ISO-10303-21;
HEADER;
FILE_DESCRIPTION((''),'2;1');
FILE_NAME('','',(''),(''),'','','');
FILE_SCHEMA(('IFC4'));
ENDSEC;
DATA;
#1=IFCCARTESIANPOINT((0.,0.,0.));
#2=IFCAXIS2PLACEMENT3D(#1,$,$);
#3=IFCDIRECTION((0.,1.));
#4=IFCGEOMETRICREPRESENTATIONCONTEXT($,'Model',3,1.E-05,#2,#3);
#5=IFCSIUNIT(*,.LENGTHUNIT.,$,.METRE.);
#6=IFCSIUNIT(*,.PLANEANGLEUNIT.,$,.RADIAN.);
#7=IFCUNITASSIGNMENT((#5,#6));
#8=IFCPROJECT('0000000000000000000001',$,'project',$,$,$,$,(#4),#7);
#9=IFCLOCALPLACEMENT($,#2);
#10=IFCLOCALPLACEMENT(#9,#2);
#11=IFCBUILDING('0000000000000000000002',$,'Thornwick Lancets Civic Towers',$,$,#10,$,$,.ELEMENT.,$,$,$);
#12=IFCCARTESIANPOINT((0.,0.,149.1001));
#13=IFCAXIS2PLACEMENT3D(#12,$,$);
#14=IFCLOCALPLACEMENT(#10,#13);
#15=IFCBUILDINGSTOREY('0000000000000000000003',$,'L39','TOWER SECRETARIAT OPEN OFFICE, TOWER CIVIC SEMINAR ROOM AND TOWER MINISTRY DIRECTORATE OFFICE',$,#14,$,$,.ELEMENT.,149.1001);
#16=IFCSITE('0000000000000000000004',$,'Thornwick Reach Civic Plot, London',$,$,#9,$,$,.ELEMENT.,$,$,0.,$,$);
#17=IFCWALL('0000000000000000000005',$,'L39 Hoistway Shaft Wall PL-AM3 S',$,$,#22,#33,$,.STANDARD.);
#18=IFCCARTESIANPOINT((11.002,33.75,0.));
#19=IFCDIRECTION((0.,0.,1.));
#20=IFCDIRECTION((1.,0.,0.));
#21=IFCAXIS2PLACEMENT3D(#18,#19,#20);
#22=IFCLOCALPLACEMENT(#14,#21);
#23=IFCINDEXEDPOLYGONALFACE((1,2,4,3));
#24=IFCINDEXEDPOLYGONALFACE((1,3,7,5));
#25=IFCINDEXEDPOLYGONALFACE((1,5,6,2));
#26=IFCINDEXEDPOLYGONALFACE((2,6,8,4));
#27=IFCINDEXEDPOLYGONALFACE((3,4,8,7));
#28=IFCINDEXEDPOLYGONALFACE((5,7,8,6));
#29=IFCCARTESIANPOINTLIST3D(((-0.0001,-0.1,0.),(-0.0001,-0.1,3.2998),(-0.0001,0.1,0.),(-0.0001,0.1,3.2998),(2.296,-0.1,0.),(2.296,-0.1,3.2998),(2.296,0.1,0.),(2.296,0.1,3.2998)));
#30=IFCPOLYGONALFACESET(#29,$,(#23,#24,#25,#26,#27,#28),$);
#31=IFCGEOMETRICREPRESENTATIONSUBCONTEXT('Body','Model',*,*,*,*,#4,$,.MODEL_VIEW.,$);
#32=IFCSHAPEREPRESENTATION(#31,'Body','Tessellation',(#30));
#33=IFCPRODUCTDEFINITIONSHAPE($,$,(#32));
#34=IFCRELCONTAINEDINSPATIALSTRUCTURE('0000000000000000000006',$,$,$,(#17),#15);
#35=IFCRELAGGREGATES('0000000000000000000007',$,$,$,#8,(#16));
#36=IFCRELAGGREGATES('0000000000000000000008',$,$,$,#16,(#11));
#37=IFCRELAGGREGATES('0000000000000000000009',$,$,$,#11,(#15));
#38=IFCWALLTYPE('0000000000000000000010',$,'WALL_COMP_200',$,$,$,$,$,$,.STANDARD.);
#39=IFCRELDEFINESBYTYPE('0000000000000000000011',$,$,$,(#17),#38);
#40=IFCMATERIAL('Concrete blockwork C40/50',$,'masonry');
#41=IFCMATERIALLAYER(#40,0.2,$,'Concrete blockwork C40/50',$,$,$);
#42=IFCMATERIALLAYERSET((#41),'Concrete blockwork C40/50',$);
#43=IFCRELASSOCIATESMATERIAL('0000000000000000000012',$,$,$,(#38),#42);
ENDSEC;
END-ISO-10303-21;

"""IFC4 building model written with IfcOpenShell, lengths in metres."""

from ifc_helpers import new_model, si_unit, direction, frame, frame_2d, origin, place, context, subcontext, project, spatial, rectangle, extrude, material, layer, layer_set, type_object, element, save


model = new_model("IFC4")

# Units and contexts
model_context = context("Model", 3, precision=1e-05, world=origin(), true_north=direction((0.0, 1.0)))
body_context = subcontext(model_context, "Body", "Model", "MODEL_VIEW")
ifc_project = project(units=[si_unit("LENGTHUNIT", "METRE"), si_unit("PLANEANGLEUNIT", "RADIAN")], contexts=[model_context])

# Site, building, storey
site_placement = place(None, origin())
site = spatial("IfcSite", under=ifc_project, at=site_placement, Name="Thornwick Reach Civic Plot, London", CompositionType="ELEMENT", RefElevation=0.0)
building_placement = place(site_placement, origin())
building = spatial("IfcBuilding", under=site, at=building_placement, Name="Thornwick Lancets Civic Towers", CompositionType="ELEMENT")
storey_placement = place(building_placement, frame((0.0, 0.0, 149.1001)))
storey = spatial("IfcBuildingStorey", under=building, at=storey_placement, Name="L39", Description="TOWER SECRETARIAT OPEN OFFICE, TOWER CIVIC SEMINAR ROOM AND TOWER MINISTRY DIRECTORATE OFFICE", CompositionType="ELEMENT", Elevation=149.1001)

# Shared definitions
ifc_material_1 = material(Name="Concrete blockwork C40/50", Category="masonry")
ifc_layer_1 = layer(ifc_material_1, 0.2, Name="Concrete blockwork C40/50")
ifc_layer_set_1 = layer_set([ifc_layer_1], Name="Concrete blockwork C40/50")
wall_type_1 = type_object("IfcWallType", Name="WALL_COMP_200", PredefinedType="STANDARD", material=ifc_layer_set_1)

# Wall
wall_1_placement = place(storey_placement, frame((11.002, 33.75, 0.0), z_axis=(0.0, 0.0, 1.0), x_axis=(1.0, 0.0, 0.0)))
element("IfcWall", 1, at=wall_1_placement, inside=storey, type_object=wall_type_1, Name="L39 Hoistway Shaft Wall PL-AM3 S", PredefinedType="STANDARD", context=body_context, shape_type="SweptSolid", body=[
    extrude(rectangle(XDim=2.2961, YDim=0.2, at=frame_2d((1.1479, 0.0))), origin(), (0.0, 0.0, 1.0), 3.2998),
])

save(model, "model.ifc")
